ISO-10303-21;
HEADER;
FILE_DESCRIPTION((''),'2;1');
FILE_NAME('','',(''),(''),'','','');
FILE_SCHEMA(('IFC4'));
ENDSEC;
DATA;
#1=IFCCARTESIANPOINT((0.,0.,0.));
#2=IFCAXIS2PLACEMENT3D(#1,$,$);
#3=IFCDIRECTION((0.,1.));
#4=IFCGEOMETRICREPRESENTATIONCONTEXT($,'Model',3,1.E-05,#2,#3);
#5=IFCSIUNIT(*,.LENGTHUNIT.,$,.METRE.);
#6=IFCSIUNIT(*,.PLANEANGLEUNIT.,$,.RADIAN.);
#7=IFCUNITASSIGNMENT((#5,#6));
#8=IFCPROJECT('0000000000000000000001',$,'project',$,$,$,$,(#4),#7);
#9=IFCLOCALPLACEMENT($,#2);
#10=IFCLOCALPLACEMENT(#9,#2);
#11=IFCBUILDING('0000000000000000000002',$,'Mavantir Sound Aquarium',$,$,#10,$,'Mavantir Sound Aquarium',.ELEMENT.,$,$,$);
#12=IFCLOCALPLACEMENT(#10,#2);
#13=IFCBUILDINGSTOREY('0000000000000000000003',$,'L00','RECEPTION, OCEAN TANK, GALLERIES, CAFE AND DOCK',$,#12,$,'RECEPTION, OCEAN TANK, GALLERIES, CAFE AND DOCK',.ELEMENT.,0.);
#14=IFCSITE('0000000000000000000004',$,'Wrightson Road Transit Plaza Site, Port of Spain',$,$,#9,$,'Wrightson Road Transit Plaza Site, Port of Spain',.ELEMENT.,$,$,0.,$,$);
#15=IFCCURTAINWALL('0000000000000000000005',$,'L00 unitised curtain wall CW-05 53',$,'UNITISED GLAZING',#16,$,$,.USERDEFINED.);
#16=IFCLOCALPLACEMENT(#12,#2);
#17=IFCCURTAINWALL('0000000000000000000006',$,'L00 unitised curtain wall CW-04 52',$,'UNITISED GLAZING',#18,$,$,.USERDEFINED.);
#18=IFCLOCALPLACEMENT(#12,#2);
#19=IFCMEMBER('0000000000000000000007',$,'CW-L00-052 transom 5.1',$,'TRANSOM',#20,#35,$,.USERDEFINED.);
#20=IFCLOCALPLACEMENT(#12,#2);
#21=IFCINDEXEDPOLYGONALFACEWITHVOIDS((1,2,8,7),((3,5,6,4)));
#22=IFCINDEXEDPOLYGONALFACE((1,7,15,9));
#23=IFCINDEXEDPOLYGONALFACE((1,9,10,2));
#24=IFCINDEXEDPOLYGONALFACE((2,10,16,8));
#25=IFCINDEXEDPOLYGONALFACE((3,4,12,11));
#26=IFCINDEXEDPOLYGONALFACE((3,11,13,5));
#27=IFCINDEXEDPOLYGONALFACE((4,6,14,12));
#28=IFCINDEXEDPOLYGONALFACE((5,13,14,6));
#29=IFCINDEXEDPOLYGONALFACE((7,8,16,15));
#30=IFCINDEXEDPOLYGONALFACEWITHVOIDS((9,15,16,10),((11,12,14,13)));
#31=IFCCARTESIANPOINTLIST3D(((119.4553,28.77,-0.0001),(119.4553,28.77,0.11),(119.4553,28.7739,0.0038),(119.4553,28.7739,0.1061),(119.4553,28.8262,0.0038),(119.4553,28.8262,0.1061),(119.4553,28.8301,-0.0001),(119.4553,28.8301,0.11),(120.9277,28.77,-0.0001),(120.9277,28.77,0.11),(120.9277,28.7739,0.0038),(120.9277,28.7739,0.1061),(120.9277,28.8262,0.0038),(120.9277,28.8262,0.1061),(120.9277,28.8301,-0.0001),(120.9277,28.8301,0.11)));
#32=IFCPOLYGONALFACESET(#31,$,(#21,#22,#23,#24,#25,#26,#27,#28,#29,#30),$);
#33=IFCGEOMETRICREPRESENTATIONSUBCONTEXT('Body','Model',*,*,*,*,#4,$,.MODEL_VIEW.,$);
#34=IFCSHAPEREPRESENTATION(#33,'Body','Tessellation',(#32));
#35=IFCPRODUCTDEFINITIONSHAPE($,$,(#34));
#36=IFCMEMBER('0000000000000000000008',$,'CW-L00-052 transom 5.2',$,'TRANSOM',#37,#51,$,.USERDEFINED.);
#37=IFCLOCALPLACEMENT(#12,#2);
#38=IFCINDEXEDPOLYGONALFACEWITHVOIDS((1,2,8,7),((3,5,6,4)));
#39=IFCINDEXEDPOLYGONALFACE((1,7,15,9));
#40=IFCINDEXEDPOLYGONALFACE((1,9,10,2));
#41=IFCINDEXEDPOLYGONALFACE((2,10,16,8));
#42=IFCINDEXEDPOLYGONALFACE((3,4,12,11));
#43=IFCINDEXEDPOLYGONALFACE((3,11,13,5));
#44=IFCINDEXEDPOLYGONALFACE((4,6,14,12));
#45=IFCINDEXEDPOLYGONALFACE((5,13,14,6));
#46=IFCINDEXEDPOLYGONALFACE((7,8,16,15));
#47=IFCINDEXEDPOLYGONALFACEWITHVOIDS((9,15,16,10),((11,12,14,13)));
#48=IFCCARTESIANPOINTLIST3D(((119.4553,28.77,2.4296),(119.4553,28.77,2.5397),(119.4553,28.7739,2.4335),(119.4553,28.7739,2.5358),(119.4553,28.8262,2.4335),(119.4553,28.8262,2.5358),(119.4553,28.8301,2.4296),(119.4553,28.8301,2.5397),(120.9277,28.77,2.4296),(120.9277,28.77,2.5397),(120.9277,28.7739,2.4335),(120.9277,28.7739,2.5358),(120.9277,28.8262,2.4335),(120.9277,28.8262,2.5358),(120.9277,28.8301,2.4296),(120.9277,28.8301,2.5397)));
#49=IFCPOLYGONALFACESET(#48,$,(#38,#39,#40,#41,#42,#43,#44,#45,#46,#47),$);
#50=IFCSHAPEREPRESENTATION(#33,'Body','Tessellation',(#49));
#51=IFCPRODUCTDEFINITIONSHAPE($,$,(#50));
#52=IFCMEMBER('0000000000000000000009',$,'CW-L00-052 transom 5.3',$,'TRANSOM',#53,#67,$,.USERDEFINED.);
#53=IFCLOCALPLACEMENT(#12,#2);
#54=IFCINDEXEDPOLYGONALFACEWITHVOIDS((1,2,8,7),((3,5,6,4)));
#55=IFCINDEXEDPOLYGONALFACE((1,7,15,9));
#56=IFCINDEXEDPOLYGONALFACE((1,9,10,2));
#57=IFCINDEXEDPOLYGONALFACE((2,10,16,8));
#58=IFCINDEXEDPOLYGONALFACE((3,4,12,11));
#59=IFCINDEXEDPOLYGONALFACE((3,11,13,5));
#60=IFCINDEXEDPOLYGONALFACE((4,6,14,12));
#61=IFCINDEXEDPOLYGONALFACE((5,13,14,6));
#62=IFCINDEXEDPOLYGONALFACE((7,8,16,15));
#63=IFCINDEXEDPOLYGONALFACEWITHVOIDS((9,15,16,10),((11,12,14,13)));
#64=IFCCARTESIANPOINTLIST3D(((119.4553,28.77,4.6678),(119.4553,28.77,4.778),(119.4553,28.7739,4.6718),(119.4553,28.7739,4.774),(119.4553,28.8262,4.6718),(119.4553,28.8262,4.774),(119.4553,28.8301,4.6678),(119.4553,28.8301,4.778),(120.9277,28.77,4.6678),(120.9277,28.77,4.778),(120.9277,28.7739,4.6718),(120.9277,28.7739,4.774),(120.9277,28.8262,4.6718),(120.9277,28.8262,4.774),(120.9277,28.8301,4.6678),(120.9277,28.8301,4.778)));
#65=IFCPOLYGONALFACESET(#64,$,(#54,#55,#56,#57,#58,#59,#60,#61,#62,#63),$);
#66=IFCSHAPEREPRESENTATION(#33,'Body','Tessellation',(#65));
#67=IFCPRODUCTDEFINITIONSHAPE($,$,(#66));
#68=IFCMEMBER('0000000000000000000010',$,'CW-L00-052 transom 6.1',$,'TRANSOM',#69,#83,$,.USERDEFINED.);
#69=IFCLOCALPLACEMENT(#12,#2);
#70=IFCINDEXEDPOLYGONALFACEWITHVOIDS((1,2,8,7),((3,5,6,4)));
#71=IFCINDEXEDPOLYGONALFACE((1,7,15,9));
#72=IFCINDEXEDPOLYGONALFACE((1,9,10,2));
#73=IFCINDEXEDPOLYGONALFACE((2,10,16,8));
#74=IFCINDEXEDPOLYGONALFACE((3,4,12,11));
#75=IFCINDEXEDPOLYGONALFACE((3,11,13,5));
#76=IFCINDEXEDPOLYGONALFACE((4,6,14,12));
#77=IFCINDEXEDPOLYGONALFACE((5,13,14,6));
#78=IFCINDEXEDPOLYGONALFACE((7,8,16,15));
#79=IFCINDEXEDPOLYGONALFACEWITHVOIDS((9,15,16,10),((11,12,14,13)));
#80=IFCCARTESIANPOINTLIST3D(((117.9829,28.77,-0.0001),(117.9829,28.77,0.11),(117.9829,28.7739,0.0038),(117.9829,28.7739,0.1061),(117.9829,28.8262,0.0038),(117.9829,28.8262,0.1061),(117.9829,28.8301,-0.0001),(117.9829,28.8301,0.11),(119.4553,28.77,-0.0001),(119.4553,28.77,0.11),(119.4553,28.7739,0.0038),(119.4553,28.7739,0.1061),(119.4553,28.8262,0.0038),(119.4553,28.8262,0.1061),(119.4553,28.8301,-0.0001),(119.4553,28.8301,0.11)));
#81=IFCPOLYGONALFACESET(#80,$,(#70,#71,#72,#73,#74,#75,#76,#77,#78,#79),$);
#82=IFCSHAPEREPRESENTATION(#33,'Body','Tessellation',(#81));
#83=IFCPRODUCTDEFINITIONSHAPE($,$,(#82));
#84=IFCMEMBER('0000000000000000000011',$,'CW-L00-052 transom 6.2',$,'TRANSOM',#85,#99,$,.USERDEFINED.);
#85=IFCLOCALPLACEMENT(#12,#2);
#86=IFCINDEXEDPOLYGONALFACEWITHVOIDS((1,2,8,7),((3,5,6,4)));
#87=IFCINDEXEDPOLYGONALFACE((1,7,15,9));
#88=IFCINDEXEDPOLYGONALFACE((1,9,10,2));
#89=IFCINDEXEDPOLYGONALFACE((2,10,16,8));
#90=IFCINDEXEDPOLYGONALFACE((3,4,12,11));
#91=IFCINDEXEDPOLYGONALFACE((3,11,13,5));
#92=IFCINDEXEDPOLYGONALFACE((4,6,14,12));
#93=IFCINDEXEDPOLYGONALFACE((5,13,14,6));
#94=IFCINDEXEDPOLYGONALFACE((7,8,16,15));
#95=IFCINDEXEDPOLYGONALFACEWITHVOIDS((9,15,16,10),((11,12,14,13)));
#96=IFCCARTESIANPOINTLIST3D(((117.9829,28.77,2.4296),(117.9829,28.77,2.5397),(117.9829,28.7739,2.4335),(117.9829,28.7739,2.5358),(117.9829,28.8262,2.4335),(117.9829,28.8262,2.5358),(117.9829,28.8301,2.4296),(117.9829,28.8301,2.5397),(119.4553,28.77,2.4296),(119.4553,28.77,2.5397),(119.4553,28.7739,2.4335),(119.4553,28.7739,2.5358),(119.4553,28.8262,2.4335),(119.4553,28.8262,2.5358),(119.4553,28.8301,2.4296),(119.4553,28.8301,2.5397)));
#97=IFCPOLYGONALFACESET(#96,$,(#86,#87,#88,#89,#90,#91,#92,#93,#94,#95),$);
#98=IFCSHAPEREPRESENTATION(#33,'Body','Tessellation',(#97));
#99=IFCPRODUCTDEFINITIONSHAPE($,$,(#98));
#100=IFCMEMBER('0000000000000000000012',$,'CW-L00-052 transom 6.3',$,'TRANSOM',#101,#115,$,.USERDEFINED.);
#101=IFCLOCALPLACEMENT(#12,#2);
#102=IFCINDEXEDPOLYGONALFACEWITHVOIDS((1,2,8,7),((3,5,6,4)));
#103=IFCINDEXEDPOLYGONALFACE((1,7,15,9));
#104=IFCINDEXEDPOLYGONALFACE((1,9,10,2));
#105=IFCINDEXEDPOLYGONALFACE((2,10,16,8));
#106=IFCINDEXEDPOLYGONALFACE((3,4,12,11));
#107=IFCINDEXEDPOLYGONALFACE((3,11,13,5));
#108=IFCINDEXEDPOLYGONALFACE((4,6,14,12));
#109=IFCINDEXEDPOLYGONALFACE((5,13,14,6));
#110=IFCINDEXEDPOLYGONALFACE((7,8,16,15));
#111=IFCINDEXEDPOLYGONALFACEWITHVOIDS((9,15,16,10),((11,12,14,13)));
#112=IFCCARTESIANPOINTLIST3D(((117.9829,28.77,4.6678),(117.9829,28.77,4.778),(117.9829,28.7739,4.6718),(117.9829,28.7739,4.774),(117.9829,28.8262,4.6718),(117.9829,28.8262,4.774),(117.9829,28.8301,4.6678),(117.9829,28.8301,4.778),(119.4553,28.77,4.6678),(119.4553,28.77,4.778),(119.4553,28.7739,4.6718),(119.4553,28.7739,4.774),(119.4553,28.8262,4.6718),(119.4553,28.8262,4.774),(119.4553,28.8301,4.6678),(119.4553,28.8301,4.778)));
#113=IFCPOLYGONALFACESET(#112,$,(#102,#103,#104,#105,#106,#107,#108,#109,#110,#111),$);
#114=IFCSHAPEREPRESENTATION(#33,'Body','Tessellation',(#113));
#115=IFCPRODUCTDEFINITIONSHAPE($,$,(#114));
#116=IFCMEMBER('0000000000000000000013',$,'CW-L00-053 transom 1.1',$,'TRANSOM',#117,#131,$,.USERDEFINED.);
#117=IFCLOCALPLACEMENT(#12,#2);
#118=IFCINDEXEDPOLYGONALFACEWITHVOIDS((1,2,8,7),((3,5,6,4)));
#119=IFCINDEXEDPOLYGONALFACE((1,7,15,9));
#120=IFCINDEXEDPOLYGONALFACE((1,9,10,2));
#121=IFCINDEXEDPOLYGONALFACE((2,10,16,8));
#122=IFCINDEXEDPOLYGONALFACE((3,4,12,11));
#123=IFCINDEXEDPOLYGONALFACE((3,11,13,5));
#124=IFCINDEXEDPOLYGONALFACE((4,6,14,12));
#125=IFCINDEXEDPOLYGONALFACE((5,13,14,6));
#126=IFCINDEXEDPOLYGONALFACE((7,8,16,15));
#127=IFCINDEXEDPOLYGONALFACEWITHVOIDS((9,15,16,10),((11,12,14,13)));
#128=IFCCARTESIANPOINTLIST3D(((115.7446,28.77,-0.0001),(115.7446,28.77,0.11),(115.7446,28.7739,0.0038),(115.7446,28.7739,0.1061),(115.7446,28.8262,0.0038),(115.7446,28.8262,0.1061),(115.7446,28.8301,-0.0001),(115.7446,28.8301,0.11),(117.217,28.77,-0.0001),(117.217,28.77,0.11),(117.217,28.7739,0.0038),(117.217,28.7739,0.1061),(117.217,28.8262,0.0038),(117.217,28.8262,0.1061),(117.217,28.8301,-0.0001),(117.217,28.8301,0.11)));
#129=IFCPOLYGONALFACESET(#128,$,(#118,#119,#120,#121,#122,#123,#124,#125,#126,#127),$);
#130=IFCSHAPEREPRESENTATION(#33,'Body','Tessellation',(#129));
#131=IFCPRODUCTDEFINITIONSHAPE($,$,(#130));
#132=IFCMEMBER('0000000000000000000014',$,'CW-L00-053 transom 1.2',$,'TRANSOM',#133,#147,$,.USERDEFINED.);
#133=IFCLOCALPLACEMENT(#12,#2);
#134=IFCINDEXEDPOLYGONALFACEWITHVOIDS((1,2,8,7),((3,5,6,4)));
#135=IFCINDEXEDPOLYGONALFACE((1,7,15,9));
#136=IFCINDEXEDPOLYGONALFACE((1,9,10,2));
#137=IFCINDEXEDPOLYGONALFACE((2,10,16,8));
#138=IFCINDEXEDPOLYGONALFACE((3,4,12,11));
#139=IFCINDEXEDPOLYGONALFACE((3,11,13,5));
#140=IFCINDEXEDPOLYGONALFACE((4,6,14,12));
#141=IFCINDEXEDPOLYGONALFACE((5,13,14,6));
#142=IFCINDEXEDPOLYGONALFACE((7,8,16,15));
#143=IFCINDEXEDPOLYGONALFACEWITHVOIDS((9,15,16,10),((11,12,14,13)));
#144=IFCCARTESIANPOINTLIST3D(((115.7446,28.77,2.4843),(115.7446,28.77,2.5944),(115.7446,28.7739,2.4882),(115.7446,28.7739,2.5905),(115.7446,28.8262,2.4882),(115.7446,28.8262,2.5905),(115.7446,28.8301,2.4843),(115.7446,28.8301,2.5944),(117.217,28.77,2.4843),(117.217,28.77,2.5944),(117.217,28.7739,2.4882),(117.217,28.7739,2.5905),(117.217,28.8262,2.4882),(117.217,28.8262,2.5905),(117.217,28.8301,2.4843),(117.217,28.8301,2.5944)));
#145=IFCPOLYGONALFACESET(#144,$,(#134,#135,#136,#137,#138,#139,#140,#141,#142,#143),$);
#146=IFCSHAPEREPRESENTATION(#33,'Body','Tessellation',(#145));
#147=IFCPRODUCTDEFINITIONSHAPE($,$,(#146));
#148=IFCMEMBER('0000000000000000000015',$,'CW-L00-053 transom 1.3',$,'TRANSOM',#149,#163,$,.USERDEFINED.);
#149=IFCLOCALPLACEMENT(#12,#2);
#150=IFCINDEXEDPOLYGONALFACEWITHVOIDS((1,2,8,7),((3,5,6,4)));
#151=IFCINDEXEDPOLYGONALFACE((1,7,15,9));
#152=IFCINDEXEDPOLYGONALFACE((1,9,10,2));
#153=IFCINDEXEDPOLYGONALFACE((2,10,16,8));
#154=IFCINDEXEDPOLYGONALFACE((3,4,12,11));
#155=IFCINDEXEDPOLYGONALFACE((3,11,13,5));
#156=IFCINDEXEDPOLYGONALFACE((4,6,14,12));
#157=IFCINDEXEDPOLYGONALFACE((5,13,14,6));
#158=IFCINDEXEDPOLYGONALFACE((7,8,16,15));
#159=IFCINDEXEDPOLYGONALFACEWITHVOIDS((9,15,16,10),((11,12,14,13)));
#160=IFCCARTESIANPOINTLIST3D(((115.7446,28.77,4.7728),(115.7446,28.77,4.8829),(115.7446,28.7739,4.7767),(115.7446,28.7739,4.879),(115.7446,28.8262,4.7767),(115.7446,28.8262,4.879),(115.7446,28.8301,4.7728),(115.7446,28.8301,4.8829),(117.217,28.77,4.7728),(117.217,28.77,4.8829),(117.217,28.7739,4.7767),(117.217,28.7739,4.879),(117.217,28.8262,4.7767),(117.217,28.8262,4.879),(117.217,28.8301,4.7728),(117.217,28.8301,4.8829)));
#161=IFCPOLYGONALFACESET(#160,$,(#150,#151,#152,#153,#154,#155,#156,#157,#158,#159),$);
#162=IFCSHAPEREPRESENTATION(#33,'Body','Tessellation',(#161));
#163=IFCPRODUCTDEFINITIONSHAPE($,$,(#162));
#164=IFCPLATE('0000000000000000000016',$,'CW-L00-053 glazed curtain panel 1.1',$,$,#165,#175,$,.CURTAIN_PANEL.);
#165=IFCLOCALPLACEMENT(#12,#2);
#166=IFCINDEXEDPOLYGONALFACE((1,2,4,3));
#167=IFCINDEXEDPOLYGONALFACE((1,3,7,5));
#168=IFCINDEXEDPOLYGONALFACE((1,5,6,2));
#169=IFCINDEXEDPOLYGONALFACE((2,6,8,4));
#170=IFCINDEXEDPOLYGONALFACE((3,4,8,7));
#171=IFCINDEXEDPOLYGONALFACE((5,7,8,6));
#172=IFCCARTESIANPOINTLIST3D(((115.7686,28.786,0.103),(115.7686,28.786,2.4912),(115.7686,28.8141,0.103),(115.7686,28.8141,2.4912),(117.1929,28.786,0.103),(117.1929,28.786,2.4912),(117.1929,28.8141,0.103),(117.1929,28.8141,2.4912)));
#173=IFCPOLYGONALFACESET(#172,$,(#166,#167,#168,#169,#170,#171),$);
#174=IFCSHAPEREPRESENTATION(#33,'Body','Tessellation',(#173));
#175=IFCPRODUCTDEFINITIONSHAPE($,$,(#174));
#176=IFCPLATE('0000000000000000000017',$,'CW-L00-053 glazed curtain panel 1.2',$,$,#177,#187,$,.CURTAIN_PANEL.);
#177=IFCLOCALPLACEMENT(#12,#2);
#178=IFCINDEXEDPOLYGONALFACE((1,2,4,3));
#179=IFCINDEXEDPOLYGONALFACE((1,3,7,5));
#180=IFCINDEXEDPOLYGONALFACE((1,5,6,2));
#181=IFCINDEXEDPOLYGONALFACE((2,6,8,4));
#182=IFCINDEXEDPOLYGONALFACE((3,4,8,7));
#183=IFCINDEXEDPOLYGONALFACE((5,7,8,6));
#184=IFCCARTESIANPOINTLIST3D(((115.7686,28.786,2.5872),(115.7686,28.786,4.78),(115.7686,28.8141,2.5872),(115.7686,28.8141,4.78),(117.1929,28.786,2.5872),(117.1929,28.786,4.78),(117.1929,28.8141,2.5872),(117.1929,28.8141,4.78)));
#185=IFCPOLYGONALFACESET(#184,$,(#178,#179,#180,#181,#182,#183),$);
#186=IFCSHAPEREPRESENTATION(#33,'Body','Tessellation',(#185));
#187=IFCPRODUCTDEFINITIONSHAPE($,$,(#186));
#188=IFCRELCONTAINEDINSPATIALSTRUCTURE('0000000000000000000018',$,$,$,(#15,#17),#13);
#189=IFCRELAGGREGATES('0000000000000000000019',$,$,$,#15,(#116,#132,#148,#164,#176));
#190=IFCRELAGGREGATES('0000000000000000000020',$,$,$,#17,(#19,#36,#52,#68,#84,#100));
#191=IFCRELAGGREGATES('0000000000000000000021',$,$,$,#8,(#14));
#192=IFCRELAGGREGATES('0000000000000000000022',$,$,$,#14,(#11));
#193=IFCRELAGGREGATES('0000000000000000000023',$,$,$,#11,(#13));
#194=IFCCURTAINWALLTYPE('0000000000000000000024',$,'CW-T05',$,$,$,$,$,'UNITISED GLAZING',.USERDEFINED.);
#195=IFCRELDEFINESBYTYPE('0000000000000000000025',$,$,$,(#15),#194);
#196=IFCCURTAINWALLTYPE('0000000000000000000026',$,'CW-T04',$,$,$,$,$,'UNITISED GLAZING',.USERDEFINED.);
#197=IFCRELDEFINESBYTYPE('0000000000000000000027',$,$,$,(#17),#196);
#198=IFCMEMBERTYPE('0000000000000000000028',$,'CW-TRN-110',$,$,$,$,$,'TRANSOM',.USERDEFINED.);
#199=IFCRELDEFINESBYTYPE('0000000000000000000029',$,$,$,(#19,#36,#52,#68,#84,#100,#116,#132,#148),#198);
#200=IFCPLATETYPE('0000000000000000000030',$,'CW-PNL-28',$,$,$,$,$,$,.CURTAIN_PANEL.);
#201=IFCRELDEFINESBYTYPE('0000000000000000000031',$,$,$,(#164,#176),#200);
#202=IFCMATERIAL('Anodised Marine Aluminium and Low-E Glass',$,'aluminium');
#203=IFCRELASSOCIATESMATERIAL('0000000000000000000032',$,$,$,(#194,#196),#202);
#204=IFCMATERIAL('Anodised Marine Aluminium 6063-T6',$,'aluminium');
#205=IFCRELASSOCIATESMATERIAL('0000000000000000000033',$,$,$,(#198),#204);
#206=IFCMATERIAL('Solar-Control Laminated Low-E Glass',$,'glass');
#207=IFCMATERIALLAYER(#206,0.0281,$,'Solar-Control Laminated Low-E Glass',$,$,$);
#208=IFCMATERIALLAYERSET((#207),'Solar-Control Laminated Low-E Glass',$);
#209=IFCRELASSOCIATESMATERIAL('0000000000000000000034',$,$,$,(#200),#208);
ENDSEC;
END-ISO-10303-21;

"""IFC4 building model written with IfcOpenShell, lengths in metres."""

from ifc_helpers import new_model, si_unit, direction, frame, origin, origin_2d, place, context, subcontext, project, spatial, rectangle, hollow_rectangle, extrude, material, layer, layer_set, material_profile, profile_set, type_object, element, aggregate, save


model = new_model("IFC4")

# Units and contexts
model_context = context("Model", 3, precision=1e-05, world=origin(), true_north=direction((0.0, 1.0)))
body_context = subcontext(model_context, "Body", "Model", "MODEL_VIEW")
ifc_project = project(units=[si_unit("LENGTHUNIT", "METRE"), si_unit("PLANEANGLEUNIT", "RADIAN")], contexts=[model_context])

# Site, building, storey
site_placement = place(None, origin())
site = spatial("IfcSite", under=ifc_project, at=site_placement, Name="Wrightson Road Transit Plaza Site, Port of Spain", LongName="Wrightson Road Transit Plaza Site, Port of Spain", CompositionType="ELEMENT", RefElevation=0.0)
building_placement = place(site_placement, origin())
building = spatial("IfcBuilding", under=site, at=building_placement, Name="Mavantir Sound Aquarium", LongName="Mavantir Sound Aquarium", CompositionType="ELEMENT")
storey_placement = place(building_placement, origin())
storey = spatial("IfcBuildingStorey", under=building, at=storey_placement, Name="L00", Description="RECEPTION, OCEAN TANK, GALLERIES, CAFE AND DOCK", LongName="RECEPTION, OCEAN TANK, GALLERIES, CAFE AND DOCK", CompositionType="ELEMENT", Elevation=0.0)

# Curtain wall
ifc_material_1 = material(Name="Anodised Marine Aluminium and Low-E Glass", Category="aluminium")
curtain_wall_type_1 = type_object("IfcCurtainWallType", Name="CW-T05", ElementType="UNITISED GLAZING", PredefinedType="USERDEFINED", material=ifc_material_1)
curtain_wall_1_placement = place(storey_placement, origin())
curtain_wall_1 = element("IfcCurtainWall", 1, at=curtain_wall_1_placement, inside=storey, type_object=curtain_wall_type_1, Name="L00 unitised curtain wall CW-05 53", ObjectType="UNITISED GLAZING", PredefinedType="USERDEFINED")
ifc_material_2 = material(Name="Anodised Marine Aluminium 6063-T6", Category="aluminium")

# Curtain wall, members
curtain_wall_type_2 = type_object("IfcCurtainWallType", Name="CW-T04", ElementType="UNITISED GLAZING", PredefinedType="USERDEFINED", material=ifc_material_1)
curtain_wall_2_placement = place(storey_placement, origin())
curtain_wall_2 = element("IfcCurtainWall", 2, at=curtain_wall_2_placement, inside=storey, type_object=curtain_wall_type_2, Name="L00 unitised curtain wall CW-04 52", ObjectType="UNITISED GLAZING", PredefinedType="USERDEFINED")
ifc_material_profile_1 = material_profile(ifc_material_2, hollow_rectangle(XDim=0.0601, YDim=0.1101, WallThickness=0.0039, at=origin_2d()), Name="ALU-TRANSOM-110X60")
ifc_profile_set_1 = profile_set([ifc_material_profile_1], Name="Anodised Marine Aluminium 6063-T6")
member_type_1 = type_object("IfcMemberType", Name="CW-TRN-110", ElementType="TRANSOM", PredefinedType="USERDEFINED", material=ifc_profile_set_1)
member_1_placement = place(storey_placement, frame((120.9277, 28.8, 0.0549), z_axis=(-1.0, 0.0, 0.0), x_axis=(0.0, -1.0, 0.0)))
member_1 = element("IfcMember", 3, at=member_1_placement, type_object=member_type_1, Name="CW-L00-052 transom 5.1", ObjectType="TRANSOM", PredefinedType="USERDEFINED", context=body_context, shape_type="SweptSolid", body=[
    extrude(hollow_rectangle(XDim=0.0601, YDim=0.1101, WallThickness=0.0039, at=origin_2d()), origin(), (0.0, 0.0, 1.0), 1.4724),
])
member_2_placement = place(storey_placement, frame((120.9277, 28.8, 2.4846), z_axis=(-1.0, 0.0, 0.0), x_axis=(0.0, -1.0, 0.0)))
member_2 = element("IfcMember", 4, at=member_2_placement, type_object=member_type_1, Name="CW-L00-052 transom 5.2", ObjectType="TRANSOM", PredefinedType="USERDEFINED", context=body_context, shape_type="SweptSolid", body=[
    extrude(hollow_rectangle(XDim=0.0601, YDim=0.1101, WallThickness=0.0039, at=origin_2d()), origin(), (0.0, 0.0, 1.0), 1.4724),
])
member_3_placement = place(storey_placement, frame((120.9277, 28.8, 4.7229), z_axis=(-1.0, 0.0, 0.0), x_axis=(0.0, -1.0, 0.0)))
member_3 = element("IfcMember", 5, at=member_3_placement, type_object=member_type_1, Name="CW-L00-052 transom 5.3", ObjectType="TRANSOM", PredefinedType="USERDEFINED", context=body_context, shape_type="SweptSolid", body=[
    extrude(hollow_rectangle(XDim=0.0601, YDim=0.1101, WallThickness=0.0039, at=origin_2d()), origin(), (0.0, 0.0, 1.0), 1.4724),
])
member_4_placement = place(storey_placement, frame((119.4553, 28.8, 0.0549), z_axis=(-1.0, 0.0, 0.0), x_axis=(0.0, -1.0, 0.0)))
member_4 = element("IfcMember", 6, at=member_4_placement, type_object=member_type_1, Name="CW-L00-052 transom 6.1", ObjectType="TRANSOM", PredefinedType="USERDEFINED", context=body_context, shape_type="SweptSolid", body=[
    extrude(hollow_rectangle(XDim=0.0601, YDim=0.1101, WallThickness=0.0039, at=origin_2d()), origin(), (0.0, 0.0, 1.0), 1.4724),
])
member_5_placement = place(storey_placement, frame((119.4553, 28.8, 2.4846), z_axis=(-1.0, 0.0, 0.0), x_axis=(0.0, -1.0, 0.0)))
member_5 = element("IfcMember", 7, at=member_5_placement, type_object=member_type_1, Name="CW-L00-052 transom 6.2", ObjectType="TRANSOM", PredefinedType="USERDEFINED", context=body_context, shape_type="SweptSolid", body=[
    extrude(hollow_rectangle(XDim=0.0601, YDim=0.1101, WallThickness=0.0039, at=origin_2d()), origin(), (0.0, 0.0, 1.0), 1.4724),
])
member_6_placement = place(storey_placement, frame((119.4553, 28.8, 4.7229), z_axis=(-1.0, 0.0, 0.0), x_axis=(0.0, -1.0, 0.0)))
member_6 = element("IfcMember", 8, at=member_6_placement, type_object=member_type_1, Name="CW-L00-052 transom 6.3", ObjectType="TRANSOM", PredefinedType="USERDEFINED", context=body_context, shape_type="SweptSolid", body=[
    extrude(hollow_rectangle(XDim=0.0601, YDim=0.1101, WallThickness=0.0039, at=origin_2d()), origin(), (0.0, 0.0, 1.0), 1.4724),
])

# Members
member_7_placement = place(storey_placement, frame((117.217, 28.8, 0.0549), z_axis=(-1.0, 0.0, 0.0), x_axis=(0.0, -1.0, 0.0)))
member_7 = element("IfcMember", 9, at=member_7_placement, type_object=member_type_1, Name="CW-L00-053 transom 1.1", ObjectType="TRANSOM", PredefinedType="USERDEFINED", context=body_context, shape_type="SweptSolid", body=[
    extrude(hollow_rectangle(XDim=0.0601, YDim=0.1101, WallThickness=0.0039, at=origin_2d()), origin(), (0.0, 0.0, 1.0), 1.4724),
])
member_8_placement = place(storey_placement, frame((117.217, 28.8, 2.5393), z_axis=(-1.0, 0.0, 0.0), x_axis=(0.0, -1.0, 0.0)))
member_8 = element("IfcMember", 10, at=member_8_placement, type_object=member_type_1, Name="CW-L00-053 transom 1.2", ObjectType="TRANSOM", PredefinedType="USERDEFINED", context=body_context, shape_type="SweptSolid", body=[
    extrude(hollow_rectangle(XDim=0.0601, YDim=0.1101, WallThickness=0.0039, at=origin_2d()), origin(), (0.0, 0.0, 1.0), 1.4724),
])
member_9_placement = place(storey_placement, frame((117.217, 28.8, 4.8279), z_axis=(-1.0, 0.0, 0.0), x_axis=(0.0, -1.0, 0.0)))
member_9 = element("IfcMember", 11, at=member_9_placement, type_object=member_type_1, Name="CW-L00-053 transom 1.3", ObjectType="TRANSOM", PredefinedType="USERDEFINED", context=body_context, shape_type="SweptSolid", body=[
    extrude(hollow_rectangle(XDim=0.0601, YDim=0.1101, WallThickness=0.0039, at=origin_2d()), origin(), (0.0, 0.0, 1.0), 1.4724),
])

# Plates
ifc_material_3 = material(Name="Solar-Control Laminated Low-E Glass", Category="glass")
ifc_layer_1 = layer(ifc_material_3, 0.0281, Name="Solar-Control Laminated Low-E Glass")
ifc_layer_set_1 = layer_set([ifc_layer_1], Name="Solar-Control Laminated Low-E Glass")
plate_type_1 = type_object("IfcPlateType", Name="CW-PNL-28", PredefinedType="CURTAIN_PANEL", material=ifc_layer_set_1)
plate_1_placement = place(storey_placement, frame((116.4807, 28.8, 0.103), z_axis=(0.0, 0.0, 1.0), x_axis=(-1.0, 0.0, 0.0)))
plate_1 = element("IfcPlate", 12, at=plate_1_placement, type_object=plate_type_1, Name="CW-L00-053 glazed curtain panel 1.1", PredefinedType="CURTAIN_PANEL", context=body_context, shape_type="SweptSolid", body=[
    extrude(rectangle(XDim=1.4243, YDim=0.0281, at=origin_2d()), origin(), (0.0, 0.0, 1.0), 2.3882),
])
plate_2_placement = place(storey_placement, frame((116.4807, 28.8, 2.5872), z_axis=(0.0, 0.0, 1.0), x_axis=(-1.0, 0.0, 0.0)))
plate_2 = element("IfcPlate", 13, at=plate_2_placement, type_object=plate_type_1, Name="CW-L00-053 glazed curtain panel 1.2", PredefinedType="CURTAIN_PANEL", context=body_context, shape_type="SweptSolid", body=[
    extrude(rectangle(XDim=1.4243, YDim=0.0281, at=origin_2d()), origin(), (0.0, 0.0, 1.0), 2.1929),
])
aggregate(curtain_wall_1, [member_7, member_8, member_9, plate_1, plate_2])
aggregate(curtain_wall_2, [member_1, member_2, member_3, member_4, member_5, member_6])

save(model, "model.ifc")
